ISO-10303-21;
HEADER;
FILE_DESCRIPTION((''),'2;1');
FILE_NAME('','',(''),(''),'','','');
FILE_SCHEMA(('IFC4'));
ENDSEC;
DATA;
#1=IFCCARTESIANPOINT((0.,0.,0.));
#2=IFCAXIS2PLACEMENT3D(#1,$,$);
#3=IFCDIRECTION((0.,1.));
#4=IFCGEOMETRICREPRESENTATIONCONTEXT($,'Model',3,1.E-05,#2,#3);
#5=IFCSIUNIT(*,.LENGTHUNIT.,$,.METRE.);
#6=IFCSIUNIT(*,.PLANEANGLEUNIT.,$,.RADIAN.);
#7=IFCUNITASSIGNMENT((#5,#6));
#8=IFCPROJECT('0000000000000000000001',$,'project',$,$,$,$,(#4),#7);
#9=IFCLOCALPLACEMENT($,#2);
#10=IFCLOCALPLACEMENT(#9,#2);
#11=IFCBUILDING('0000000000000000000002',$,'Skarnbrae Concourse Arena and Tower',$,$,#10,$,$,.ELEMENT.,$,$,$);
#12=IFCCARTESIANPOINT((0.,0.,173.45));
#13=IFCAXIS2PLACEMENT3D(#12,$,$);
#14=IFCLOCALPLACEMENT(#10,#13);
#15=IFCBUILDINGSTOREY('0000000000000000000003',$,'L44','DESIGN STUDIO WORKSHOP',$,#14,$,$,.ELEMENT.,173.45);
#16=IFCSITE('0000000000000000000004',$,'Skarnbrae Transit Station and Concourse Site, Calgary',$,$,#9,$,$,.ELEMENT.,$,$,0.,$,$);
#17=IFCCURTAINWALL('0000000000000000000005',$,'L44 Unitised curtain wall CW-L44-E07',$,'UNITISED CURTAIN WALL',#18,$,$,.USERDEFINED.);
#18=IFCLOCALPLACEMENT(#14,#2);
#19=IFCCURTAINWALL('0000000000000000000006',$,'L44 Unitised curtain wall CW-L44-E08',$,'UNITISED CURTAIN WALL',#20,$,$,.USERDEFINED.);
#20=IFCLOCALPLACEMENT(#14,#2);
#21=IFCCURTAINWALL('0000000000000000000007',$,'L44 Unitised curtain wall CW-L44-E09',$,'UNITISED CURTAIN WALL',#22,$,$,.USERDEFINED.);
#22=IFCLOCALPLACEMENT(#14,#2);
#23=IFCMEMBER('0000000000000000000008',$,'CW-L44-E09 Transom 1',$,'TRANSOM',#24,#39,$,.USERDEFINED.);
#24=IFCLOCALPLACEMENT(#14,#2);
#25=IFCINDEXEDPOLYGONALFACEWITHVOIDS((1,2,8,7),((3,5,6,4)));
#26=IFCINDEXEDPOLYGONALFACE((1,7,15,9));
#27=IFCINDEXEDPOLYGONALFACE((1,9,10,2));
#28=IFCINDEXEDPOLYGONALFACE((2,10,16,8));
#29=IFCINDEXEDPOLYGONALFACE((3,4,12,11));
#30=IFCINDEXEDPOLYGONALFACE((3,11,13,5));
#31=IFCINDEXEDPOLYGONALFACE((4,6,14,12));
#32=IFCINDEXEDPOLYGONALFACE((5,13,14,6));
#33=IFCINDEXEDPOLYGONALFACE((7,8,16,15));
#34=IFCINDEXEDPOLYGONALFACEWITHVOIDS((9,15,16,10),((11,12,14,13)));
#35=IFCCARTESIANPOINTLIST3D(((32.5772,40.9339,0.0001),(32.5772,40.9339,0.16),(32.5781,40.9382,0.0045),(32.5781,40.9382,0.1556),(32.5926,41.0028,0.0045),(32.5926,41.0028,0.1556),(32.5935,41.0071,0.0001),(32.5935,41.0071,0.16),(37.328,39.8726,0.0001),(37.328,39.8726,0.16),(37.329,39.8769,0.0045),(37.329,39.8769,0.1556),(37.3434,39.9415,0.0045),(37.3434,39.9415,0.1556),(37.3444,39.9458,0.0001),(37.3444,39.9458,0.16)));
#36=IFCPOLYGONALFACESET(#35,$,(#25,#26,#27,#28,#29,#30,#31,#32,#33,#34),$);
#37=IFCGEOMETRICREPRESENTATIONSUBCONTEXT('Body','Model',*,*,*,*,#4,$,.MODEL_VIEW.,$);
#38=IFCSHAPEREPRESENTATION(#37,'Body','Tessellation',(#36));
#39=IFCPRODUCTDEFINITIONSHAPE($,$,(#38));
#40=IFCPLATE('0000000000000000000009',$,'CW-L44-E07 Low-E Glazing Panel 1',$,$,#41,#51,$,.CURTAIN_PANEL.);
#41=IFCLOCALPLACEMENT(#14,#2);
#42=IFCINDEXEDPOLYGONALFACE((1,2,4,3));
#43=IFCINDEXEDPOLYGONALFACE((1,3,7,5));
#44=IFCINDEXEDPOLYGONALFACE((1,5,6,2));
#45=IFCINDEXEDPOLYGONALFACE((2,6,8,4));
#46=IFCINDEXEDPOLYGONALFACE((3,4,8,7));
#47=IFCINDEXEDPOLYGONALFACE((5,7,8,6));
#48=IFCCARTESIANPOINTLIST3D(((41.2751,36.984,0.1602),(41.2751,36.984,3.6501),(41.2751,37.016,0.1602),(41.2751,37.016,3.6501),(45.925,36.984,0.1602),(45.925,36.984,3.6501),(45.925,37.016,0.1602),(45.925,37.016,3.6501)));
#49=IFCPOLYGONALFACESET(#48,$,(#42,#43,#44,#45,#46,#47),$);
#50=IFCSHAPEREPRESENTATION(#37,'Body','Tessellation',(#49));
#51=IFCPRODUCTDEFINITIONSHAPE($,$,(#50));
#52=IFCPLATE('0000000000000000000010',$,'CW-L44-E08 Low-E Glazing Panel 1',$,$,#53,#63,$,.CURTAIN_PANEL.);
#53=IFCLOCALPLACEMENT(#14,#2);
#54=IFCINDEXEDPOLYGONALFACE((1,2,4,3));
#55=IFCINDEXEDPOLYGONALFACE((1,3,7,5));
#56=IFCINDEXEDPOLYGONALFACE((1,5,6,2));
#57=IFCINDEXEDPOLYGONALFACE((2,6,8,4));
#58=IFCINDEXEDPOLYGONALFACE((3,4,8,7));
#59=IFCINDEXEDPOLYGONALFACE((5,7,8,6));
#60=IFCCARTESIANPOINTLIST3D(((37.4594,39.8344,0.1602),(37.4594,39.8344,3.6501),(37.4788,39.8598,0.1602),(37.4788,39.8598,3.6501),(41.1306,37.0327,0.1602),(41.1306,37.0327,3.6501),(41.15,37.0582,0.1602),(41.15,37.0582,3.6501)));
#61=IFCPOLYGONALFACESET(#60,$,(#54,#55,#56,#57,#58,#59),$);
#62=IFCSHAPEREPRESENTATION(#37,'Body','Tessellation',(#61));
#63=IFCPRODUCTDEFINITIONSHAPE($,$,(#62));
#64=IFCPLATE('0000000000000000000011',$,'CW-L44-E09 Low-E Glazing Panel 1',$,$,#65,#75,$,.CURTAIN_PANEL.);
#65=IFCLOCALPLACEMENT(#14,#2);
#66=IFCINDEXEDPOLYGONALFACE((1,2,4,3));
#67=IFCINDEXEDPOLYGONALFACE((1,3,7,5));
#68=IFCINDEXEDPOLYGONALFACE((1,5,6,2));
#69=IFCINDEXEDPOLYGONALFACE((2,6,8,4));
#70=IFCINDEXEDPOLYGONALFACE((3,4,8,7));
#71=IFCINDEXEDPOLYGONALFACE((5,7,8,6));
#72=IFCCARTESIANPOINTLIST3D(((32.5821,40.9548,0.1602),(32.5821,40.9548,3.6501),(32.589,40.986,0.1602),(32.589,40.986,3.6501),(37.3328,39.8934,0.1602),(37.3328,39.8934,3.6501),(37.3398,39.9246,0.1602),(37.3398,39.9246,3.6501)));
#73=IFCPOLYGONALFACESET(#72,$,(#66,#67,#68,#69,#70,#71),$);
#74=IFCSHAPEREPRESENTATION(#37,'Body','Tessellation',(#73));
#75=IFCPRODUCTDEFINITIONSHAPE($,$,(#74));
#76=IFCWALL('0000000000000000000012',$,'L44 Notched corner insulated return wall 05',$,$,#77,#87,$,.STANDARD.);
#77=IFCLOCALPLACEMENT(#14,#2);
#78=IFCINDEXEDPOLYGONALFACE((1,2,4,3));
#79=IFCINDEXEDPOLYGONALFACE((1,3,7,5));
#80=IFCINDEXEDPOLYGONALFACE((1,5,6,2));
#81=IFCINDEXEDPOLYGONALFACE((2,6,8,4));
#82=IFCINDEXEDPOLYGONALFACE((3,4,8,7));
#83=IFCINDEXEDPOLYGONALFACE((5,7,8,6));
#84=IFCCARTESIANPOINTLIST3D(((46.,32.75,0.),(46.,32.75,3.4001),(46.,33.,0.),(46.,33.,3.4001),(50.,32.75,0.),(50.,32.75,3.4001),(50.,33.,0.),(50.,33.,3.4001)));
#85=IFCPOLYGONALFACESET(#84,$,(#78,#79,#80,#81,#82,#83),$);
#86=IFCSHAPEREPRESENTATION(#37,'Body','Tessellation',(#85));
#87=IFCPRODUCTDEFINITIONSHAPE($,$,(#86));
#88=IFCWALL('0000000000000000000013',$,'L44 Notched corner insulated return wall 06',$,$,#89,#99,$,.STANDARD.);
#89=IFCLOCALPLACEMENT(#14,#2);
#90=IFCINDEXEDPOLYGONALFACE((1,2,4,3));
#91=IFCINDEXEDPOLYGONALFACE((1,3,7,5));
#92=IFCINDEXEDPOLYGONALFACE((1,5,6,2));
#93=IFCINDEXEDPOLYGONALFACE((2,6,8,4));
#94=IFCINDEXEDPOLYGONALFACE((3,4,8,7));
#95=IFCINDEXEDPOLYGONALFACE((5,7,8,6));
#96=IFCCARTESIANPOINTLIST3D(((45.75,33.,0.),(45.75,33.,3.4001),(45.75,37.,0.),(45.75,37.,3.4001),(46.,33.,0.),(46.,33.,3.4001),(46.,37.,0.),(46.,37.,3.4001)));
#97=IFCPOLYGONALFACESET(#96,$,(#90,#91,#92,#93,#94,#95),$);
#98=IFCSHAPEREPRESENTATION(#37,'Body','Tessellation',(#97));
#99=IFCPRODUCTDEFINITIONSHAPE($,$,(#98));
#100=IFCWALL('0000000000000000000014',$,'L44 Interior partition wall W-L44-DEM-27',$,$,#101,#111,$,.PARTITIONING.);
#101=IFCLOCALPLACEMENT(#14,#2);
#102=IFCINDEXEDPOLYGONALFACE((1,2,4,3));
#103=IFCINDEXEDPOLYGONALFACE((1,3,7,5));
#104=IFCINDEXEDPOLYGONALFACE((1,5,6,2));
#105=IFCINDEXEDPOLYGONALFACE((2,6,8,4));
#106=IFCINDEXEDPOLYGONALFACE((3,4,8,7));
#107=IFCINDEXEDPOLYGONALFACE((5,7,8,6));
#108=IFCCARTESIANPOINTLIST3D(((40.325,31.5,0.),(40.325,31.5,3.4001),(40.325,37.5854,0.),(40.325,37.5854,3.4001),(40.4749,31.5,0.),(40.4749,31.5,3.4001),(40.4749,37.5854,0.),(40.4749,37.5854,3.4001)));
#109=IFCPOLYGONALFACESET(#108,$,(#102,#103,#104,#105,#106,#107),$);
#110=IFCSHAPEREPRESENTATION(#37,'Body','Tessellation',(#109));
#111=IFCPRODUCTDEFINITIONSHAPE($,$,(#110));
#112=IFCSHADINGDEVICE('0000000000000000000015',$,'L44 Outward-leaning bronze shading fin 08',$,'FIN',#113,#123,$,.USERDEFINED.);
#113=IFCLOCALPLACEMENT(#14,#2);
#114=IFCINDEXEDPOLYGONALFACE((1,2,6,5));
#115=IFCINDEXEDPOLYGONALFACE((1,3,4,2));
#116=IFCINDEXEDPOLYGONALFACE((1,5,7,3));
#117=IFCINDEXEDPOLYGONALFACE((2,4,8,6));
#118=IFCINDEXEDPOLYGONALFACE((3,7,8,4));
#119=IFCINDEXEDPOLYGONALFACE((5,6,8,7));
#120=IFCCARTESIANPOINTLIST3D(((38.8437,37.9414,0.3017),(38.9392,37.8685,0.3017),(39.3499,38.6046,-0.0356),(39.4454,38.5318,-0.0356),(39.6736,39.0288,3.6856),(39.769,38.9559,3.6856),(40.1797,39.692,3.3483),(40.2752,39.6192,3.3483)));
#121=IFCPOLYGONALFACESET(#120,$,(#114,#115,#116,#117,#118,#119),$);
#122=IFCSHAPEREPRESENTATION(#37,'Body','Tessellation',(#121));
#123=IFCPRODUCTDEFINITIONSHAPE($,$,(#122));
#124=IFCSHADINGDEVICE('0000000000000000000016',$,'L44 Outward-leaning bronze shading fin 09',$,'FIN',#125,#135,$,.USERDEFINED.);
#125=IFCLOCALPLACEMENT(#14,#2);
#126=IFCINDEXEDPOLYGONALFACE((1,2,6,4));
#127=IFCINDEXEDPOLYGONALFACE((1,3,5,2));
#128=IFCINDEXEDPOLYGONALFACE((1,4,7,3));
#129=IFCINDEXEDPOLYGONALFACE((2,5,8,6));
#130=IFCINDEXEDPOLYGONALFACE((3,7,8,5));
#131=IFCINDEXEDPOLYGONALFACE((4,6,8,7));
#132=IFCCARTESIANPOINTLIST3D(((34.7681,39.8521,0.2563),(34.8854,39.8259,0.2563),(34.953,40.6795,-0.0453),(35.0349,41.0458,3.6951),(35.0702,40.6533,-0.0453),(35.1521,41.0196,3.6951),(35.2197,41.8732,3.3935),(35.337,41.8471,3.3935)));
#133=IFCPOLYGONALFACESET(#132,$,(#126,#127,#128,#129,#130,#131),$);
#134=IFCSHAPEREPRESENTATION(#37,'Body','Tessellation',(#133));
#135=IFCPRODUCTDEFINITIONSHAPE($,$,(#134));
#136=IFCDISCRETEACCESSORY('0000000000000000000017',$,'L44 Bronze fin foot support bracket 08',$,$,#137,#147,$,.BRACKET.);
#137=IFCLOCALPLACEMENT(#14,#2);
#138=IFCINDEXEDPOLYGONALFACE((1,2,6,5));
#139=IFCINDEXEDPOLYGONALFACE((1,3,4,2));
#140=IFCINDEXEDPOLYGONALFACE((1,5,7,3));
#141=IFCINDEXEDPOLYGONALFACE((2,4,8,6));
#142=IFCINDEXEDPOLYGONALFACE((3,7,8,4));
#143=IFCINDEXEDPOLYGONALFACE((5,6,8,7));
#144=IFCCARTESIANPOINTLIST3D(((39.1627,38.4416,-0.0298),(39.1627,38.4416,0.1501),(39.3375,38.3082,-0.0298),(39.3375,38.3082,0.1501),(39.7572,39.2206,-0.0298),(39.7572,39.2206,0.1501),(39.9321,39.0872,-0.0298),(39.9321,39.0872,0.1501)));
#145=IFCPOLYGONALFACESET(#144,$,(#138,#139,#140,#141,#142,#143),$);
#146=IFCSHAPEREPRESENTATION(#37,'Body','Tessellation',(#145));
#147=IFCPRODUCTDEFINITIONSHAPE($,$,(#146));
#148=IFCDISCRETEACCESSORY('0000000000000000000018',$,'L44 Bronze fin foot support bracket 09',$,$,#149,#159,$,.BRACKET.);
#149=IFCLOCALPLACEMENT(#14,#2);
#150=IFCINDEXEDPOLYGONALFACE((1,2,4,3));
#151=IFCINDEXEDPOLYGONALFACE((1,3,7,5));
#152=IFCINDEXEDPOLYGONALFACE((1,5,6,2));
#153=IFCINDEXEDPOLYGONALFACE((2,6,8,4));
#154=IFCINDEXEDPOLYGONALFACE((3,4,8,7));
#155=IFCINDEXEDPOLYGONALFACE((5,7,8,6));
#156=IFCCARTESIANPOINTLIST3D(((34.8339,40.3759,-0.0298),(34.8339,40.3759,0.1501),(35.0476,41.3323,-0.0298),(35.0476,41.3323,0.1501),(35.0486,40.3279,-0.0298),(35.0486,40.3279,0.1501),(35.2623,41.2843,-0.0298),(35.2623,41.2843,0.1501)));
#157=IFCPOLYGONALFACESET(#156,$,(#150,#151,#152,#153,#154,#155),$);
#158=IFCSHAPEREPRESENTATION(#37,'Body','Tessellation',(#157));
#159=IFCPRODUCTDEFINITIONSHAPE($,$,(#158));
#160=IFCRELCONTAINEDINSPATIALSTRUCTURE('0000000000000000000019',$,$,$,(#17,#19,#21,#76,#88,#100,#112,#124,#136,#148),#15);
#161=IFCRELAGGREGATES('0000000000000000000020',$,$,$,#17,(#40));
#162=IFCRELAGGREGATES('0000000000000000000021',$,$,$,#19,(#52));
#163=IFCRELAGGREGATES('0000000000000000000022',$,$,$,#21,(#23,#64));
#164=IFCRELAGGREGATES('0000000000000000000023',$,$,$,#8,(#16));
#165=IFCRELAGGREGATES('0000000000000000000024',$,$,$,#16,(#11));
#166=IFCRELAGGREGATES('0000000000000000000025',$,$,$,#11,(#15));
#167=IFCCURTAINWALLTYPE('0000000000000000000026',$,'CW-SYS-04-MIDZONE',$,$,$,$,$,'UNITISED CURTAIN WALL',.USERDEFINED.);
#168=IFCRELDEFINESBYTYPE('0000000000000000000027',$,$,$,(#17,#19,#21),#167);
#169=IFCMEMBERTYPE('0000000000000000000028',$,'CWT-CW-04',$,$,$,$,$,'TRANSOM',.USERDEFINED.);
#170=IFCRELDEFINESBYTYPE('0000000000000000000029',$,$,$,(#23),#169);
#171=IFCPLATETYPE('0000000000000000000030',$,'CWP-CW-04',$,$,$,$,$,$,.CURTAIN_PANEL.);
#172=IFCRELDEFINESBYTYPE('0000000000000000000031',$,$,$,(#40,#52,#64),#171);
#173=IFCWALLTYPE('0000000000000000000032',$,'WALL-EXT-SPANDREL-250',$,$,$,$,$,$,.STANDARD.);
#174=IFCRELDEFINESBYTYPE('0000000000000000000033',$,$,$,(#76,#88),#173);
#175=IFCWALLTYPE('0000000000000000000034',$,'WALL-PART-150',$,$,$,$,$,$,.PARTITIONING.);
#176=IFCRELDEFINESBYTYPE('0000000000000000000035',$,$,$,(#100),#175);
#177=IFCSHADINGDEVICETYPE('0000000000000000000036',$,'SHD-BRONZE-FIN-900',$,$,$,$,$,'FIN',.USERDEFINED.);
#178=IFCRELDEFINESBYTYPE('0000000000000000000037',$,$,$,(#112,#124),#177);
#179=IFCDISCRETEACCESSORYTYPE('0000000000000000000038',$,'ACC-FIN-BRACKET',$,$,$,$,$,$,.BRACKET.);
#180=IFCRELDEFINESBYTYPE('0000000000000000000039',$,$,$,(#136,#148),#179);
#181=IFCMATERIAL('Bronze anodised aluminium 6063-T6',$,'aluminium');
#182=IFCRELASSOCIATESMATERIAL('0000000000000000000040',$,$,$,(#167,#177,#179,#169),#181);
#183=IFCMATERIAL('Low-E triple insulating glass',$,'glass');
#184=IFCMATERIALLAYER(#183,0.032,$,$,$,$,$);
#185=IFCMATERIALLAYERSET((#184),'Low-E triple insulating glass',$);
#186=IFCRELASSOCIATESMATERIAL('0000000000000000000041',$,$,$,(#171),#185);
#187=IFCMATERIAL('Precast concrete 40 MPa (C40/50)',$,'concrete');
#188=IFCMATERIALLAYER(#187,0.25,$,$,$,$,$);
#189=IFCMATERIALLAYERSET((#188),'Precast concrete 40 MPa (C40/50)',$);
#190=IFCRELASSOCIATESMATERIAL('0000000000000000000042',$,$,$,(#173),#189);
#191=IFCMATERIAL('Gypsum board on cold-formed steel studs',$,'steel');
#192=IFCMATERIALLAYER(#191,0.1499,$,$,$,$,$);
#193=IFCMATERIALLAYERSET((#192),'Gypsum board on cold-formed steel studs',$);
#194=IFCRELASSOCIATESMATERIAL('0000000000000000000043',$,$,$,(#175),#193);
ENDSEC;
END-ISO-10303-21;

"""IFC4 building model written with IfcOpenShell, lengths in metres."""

from ifc_helpers import new_model, si_unit, direction, frame, frame_2d, origin, origin_2d, place, context, subcontext, project, spatial, rectangle, hollow_rectangle, extrude, source, transform, mapped, material, layer, layer_set, material_profile, profile_set, type_object, element, aggregate, save


model = new_model("IFC4")

# Units and contexts
model_context = context("Model", 3, precision=1e-05, world=origin(), true_north=direction((0.0, 1.0)))
body_context = subcontext(model_context, "Body", "Model", "MODEL_VIEW")
ifc_project = project(units=[si_unit("LENGTHUNIT", "METRE"), si_unit("PLANEANGLEUNIT", "RADIAN")], contexts=[model_context])

# Site, building, storey
site_placement = place(None, origin())
site = spatial("IfcSite", under=ifc_project, at=site_placement, Name="Skarnbrae Transit Station and Concourse Site, Calgary", CompositionType="ELEMENT", RefElevation=0.0)
building_placement = place(site_placement, origin())
building = spatial("IfcBuilding", under=site, at=building_placement, Name="Skarnbrae Concourse Arena and Tower", CompositionType="ELEMENT")
storey_placement = place(building_placement, frame((0.0, 0.0, 173.45)))
storey = spatial("IfcBuildingStorey", under=building, at=storey_placement, Name="L44", Description="DESIGN STUDIO WORKSHOP", CompositionType="ELEMENT", Elevation=173.45)

# Shared definitions
ifc_material_1 = material(Name="Bronze anodised aluminium 6063-T6", Category="aluminium")
curtain_wall_type = type_object("IfcCurtainWallType", Name="CW-SYS-04-MIDZONE", ElementType="UNITISED CURTAIN WALL", PredefinedType="USERDEFINED", material=ifc_material_1)

# Curtain walls
curtain_wall_1_placement = place(storey_placement, origin())
curtain_wall_1 = element("IfcCurtainWall", 1, at=curtain_wall_1_placement, inside=storey, type_object=curtain_wall_type, Name="L44 Unitised curtain wall CW-L44-E07", ObjectType="UNITISED CURTAIN WALL", PredefinedType="USERDEFINED")
curtain_wall_2_placement = place(storey_placement, origin())
curtain_wall_2 = element("IfcCurtainWall", 2, at=curtain_wall_2_placement, inside=storey, type_object=curtain_wall_type, Name="L44 Unitised curtain wall CW-L44-E08", ObjectType="UNITISED CURTAIN WALL", PredefinedType="USERDEFINED")

# Curtain wall
curtain_wall_3_placement = place(storey_placement, origin())
curtain_wall_3 = element("IfcCurtainWall", 3, at=curtain_wall_3_placement, inside=storey, type_object=curtain_wall_type, Name="L44 Unitised curtain wall CW-L44-E09", ObjectType="UNITISED CURTAIN WALL", PredefinedType="USERDEFINED")

# Member
ifc_material_profile_1 = material_profile(ifc_material_1, hollow_rectangle(XDim=0.075, YDim=0.1599, WallThickness=0.0044, at=origin_2d()), Name="ALU-TRAN-75X160")
ifc_profile_set_1 = profile_set([ifc_material_profile_1], Name="Bronze anodised aluminium 6063-T6")
member_type_1 = type_object("IfcMemberType", Name="CWT-CW-04", ElementType="TRANSOM", PredefinedType="USERDEFINED", material=ifc_profile_set_1)
shared_shape_1 = source(origin(), body_context, "Body", "SweptSolid", [
    extrude(hollow_rectangle(XDim=0.075, YDim=0.1599, WallThickness=0.0044, at=origin_2d()), origin(), (0.0, 0.0, 1.0), 4.8679),
])
member_1_placement = place(storey_placement, frame((37.3362, 39.9092, 0.0801), z_axis=(-0.975945, 0.218019, 0.0), x_axis=(-0.218019, -0.975945, 0.0)))
member_1 = element("IfcMember", 4, at=member_1_placement, type_object=member_type_1, Name="CW-L44-E09 Transom 1", ObjectType="TRANSOM", PredefinedType="USERDEFINED", context=body_context, shape_type="MappedRepresentation", body=[
    mapped(shared_shape_1, transform((0.0, 0.0, 0.0))),
])

# Plates
ifc_material_2 = material(Name="Low-E triple insulating glass", Category="glass")
ifc_layer_1 = layer(ifc_material_2, 0.032)
ifc_layer_set_1 = layer_set([ifc_layer_1], Name="Low-E triple insulating glass")
plate_type = type_object("IfcPlateType", Name="CWP-CW-04", PredefinedType="CURTAIN_PANEL", material=ifc_layer_set_1)
shared_shape_2 = source(origin(), body_context, "Body", "SweptSolid", [
    extrude(rectangle(XDim=4.6499, YDim=0.032, at=origin_2d()), origin(), (0.0, 0.0, 1.0), 3.49),
])
plate_1_placement = place(storey_placement, frame((43.6001, 37.0, 0.1602), z_axis=(0.0, 0.0, 1.0), x_axis=(-1.0, 0.0, 0.0)))
plate_1 = element("IfcPlate", 5, at=plate_1_placement, type_object=plate_type, Name="CW-L44-E07 Low-E Glazing Panel 1", PredefinedType="CURTAIN_PANEL", context=body_context, shape_type="MappedRepresentation", body=[
    mapped(shared_shape_2, transform((0.0, 0.0, 0.0))),
])
aggregate(curtain_wall_1, [plate_1])
shared_shape_3 = source(origin(), body_context, "Body", "SweptSolid", [
    extrude(rectangle(XDim=4.6182, YDim=0.032, at=origin_2d()), origin(), (0.0, 0.0, 1.0), 3.49),
])
plate_2_placement = place(storey_placement, frame((39.3047, 38.4463, 0.1602), z_axis=(0.0, 0.0, 1.0), x_axis=(-0.794956, 0.606667, 0.0)))
plate_2 = element("IfcPlate", 6, at=plate_2_placement, type_object=plate_type, Name="CW-L44-E08 Low-E Glazing Panel 1", PredefinedType="CURTAIN_PANEL", context=body_context, shape_type="MappedRepresentation", body=[
    mapped(shared_shape_3, transform((0.0, 0.0, 0.0))),
])
aggregate(curtain_wall_2, [plate_2])
shared_shape_4 = source(origin(), body_context, "Body", "SweptSolid", [
    extrude(rectangle(XDim=4.8679, YDim=0.032, at=origin_2d()), origin(), (0.0, 0.0, 1.0), 3.49),
])
plate_3_placement = place(storey_placement, frame((34.9609, 40.4397, 0.1602), z_axis=(0.0, 0.0, 1.0), x_axis=(-0.975936, 0.218056, 0.0)))
plate_3 = element("IfcPlate", 7, at=plate_3_placement, type_object=plate_type, Name="CW-L44-E09 Low-E Glazing Panel 1", PredefinedType="CURTAIN_PANEL", context=body_context, shape_type="MappedRepresentation", body=[
    mapped(shared_shape_4, transform((0.0, 0.0, 0.0))),
])
aggregate(curtain_wall_3, [member_1, plate_3])

# Walls
ifc_material_3 = material(Name="Precast concrete 40 MPa (C40/50)", Category="concrete")
ifc_layer_2 = layer(ifc_material_3, 0.25)
ifc_layer_set_2 = layer_set([ifc_layer_2], Name="Precast concrete 40 MPa (C40/50)")
wall_type_1 = type_object("IfcWallType", Name="WALL-EXT-SPANDREL-250", PredefinedType="STANDARD", material=ifc_layer_set_2)
shared_shape_5 = source(origin(), body_context, "Body", "SweptSolid", [
    extrude(rectangle(XDim=4.0, YDim=0.25, at=frame_2d((2.0, 0.0))), origin(), (0.0, 0.0, 1.0), 3.4001),
])
for number, where, z_axis, x_axis, name in (
    (8, (50.0, 32.875, 0.0), (0.0, 0.0, 1.0), (-1.0, 0.0, 0.0), "L44 Notched corner insulated return wall 05"),
    (9, (45.875, 33.0, 0.0), (0.0, 0.0, 1.0), (0.0, 1.0, 0.0), "L44 Notched corner insulated return wall 06"),
):
    element("IfcWall", number, at=place(storey_placement, frame(where, z_axis=z_axis, x_axis=x_axis)), inside=storey, type_object=wall_type_1, Name=name, PredefinedType="STANDARD", context=body_context, shape_type="MappedRepresentation", body=[
        mapped(shared_shape_5, transform((0.0, 0.0, 0.0))),
    ])
ifc_material_4 = material(Name="Gypsum board on cold-formed steel studs", Category="steel")
ifc_layer_3 = layer(ifc_material_4, 0.1499)
ifc_layer_set_3 = layer_set([ifc_layer_3], Name="Gypsum board on cold-formed steel studs")
wall_type_2 = type_object("IfcWallType", Name="WALL-PART-150", PredefinedType="PARTITIONING", material=ifc_layer_set_3)
shared_shape_6 = source(origin(), body_context, "Body", "SweptSolid", [
    extrude(rectangle(XDim=6.0854, YDim=0.1499, at=frame_2d((3.0427, 0.0))), origin(), (0.0, 0.0, 1.0), 3.4001),
])
wall_placement = place(storey_placement, frame((40.3999, 37.5854, 0.0), z_axis=(0.0, 0.0, 1.0), x_axis=(0.0, -1.0, 0.0)))
element("IfcWall", 10, at=wall_placement, inside=storey, type_object=wall_type_2, Name="L44 Interior partition wall W-L44-DEM-27", PredefinedType="PARTITIONING", context=body_context, shape_type="MappedRepresentation", body=[
    mapped(shared_shape_6, transform((0.0, 0.0, 0.0))),
])

# Shading devices
shading_device_type = type_object("IfcShadingDeviceType", Name="SHD-BRONZE-FIN-900", ElementType="FIN", PredefinedType="USERDEFINED", material=ifc_material_1)
shared_shape_7 = source(origin(), body_context, "Body", "SweptSolid", [
    extrude(rectangle(XDim=0.1201, YDim=0.8999, at=origin_2d()), origin(), (0.0, 0.0, 1.0), 3.6499),
])
for number, where, z_axis, x_axis, name in (
    (11, (39.1445, 38.2366, 0.1331), (0.22736, 0.297924, 0.927118), (0.794955, -0.606668, 0.0), "L44 Outward-leaning bronze shading fin 08"),
    (12, (34.9192, 40.2527, 0.1055), (0.073076, 0.327058, 0.942174), (0.975936, -0.218058, 0.0), "L44 Outward-leaning bronze shading fin 09"),
):
    element("IfcShadingDevice", number, at=place(storey_placement, frame(where, z_axis=z_axis, x_axis=x_axis)), inside=storey, type_object=shading_device_type, Name=name, ObjectType="FIN", PredefinedType="USERDEFINED", context=body_context, shape_type="MappedRepresentation", body=[
        mapped(shared_shape_7, transform((0.0, 0.0, 0.0))),
    ])

# Discrete accessories
discrete_accessory_type = type_object("IfcDiscreteAccessoryType", Name="ACC-FIN-BRACKET", PredefinedType="BRACKET", material=ifc_material_1)
shared_shape_8 = source(origin(), body_context, "Body", "SweptSolid", [
    extrude(rectangle(XDim=0.22, YDim=0.98, at=origin_2d()), origin(), (0.0, 0.0, 1.0), 0.1799),
])
for number, where, z_axis, x_axis, name in (
    (13, (39.5474, 38.7644, -0.0298), (0.0, 0.0, 1.0), (0.794955, -0.606668, 0.0), "L44 Bronze fin foot support bracket 08"),
    (14, (35.0481, 40.8301, -0.0298), (0.0, 0.0, 1.0), (0.975936, -0.218058, 0.0), "L44 Bronze fin foot support bracket 09"),
):
    element("IfcDiscreteAccessory", number, at=place(storey_placement, frame(where, z_axis=z_axis, x_axis=x_axis)), inside=storey, type_object=discrete_accessory_type, Name=name, PredefinedType="BRACKET", context=body_context, shape_type="MappedRepresentation", body=[
        mapped(shared_shape_8, transform((0.0, 0.0, 0.0))),
    ])

save(model, "model.ifc")
